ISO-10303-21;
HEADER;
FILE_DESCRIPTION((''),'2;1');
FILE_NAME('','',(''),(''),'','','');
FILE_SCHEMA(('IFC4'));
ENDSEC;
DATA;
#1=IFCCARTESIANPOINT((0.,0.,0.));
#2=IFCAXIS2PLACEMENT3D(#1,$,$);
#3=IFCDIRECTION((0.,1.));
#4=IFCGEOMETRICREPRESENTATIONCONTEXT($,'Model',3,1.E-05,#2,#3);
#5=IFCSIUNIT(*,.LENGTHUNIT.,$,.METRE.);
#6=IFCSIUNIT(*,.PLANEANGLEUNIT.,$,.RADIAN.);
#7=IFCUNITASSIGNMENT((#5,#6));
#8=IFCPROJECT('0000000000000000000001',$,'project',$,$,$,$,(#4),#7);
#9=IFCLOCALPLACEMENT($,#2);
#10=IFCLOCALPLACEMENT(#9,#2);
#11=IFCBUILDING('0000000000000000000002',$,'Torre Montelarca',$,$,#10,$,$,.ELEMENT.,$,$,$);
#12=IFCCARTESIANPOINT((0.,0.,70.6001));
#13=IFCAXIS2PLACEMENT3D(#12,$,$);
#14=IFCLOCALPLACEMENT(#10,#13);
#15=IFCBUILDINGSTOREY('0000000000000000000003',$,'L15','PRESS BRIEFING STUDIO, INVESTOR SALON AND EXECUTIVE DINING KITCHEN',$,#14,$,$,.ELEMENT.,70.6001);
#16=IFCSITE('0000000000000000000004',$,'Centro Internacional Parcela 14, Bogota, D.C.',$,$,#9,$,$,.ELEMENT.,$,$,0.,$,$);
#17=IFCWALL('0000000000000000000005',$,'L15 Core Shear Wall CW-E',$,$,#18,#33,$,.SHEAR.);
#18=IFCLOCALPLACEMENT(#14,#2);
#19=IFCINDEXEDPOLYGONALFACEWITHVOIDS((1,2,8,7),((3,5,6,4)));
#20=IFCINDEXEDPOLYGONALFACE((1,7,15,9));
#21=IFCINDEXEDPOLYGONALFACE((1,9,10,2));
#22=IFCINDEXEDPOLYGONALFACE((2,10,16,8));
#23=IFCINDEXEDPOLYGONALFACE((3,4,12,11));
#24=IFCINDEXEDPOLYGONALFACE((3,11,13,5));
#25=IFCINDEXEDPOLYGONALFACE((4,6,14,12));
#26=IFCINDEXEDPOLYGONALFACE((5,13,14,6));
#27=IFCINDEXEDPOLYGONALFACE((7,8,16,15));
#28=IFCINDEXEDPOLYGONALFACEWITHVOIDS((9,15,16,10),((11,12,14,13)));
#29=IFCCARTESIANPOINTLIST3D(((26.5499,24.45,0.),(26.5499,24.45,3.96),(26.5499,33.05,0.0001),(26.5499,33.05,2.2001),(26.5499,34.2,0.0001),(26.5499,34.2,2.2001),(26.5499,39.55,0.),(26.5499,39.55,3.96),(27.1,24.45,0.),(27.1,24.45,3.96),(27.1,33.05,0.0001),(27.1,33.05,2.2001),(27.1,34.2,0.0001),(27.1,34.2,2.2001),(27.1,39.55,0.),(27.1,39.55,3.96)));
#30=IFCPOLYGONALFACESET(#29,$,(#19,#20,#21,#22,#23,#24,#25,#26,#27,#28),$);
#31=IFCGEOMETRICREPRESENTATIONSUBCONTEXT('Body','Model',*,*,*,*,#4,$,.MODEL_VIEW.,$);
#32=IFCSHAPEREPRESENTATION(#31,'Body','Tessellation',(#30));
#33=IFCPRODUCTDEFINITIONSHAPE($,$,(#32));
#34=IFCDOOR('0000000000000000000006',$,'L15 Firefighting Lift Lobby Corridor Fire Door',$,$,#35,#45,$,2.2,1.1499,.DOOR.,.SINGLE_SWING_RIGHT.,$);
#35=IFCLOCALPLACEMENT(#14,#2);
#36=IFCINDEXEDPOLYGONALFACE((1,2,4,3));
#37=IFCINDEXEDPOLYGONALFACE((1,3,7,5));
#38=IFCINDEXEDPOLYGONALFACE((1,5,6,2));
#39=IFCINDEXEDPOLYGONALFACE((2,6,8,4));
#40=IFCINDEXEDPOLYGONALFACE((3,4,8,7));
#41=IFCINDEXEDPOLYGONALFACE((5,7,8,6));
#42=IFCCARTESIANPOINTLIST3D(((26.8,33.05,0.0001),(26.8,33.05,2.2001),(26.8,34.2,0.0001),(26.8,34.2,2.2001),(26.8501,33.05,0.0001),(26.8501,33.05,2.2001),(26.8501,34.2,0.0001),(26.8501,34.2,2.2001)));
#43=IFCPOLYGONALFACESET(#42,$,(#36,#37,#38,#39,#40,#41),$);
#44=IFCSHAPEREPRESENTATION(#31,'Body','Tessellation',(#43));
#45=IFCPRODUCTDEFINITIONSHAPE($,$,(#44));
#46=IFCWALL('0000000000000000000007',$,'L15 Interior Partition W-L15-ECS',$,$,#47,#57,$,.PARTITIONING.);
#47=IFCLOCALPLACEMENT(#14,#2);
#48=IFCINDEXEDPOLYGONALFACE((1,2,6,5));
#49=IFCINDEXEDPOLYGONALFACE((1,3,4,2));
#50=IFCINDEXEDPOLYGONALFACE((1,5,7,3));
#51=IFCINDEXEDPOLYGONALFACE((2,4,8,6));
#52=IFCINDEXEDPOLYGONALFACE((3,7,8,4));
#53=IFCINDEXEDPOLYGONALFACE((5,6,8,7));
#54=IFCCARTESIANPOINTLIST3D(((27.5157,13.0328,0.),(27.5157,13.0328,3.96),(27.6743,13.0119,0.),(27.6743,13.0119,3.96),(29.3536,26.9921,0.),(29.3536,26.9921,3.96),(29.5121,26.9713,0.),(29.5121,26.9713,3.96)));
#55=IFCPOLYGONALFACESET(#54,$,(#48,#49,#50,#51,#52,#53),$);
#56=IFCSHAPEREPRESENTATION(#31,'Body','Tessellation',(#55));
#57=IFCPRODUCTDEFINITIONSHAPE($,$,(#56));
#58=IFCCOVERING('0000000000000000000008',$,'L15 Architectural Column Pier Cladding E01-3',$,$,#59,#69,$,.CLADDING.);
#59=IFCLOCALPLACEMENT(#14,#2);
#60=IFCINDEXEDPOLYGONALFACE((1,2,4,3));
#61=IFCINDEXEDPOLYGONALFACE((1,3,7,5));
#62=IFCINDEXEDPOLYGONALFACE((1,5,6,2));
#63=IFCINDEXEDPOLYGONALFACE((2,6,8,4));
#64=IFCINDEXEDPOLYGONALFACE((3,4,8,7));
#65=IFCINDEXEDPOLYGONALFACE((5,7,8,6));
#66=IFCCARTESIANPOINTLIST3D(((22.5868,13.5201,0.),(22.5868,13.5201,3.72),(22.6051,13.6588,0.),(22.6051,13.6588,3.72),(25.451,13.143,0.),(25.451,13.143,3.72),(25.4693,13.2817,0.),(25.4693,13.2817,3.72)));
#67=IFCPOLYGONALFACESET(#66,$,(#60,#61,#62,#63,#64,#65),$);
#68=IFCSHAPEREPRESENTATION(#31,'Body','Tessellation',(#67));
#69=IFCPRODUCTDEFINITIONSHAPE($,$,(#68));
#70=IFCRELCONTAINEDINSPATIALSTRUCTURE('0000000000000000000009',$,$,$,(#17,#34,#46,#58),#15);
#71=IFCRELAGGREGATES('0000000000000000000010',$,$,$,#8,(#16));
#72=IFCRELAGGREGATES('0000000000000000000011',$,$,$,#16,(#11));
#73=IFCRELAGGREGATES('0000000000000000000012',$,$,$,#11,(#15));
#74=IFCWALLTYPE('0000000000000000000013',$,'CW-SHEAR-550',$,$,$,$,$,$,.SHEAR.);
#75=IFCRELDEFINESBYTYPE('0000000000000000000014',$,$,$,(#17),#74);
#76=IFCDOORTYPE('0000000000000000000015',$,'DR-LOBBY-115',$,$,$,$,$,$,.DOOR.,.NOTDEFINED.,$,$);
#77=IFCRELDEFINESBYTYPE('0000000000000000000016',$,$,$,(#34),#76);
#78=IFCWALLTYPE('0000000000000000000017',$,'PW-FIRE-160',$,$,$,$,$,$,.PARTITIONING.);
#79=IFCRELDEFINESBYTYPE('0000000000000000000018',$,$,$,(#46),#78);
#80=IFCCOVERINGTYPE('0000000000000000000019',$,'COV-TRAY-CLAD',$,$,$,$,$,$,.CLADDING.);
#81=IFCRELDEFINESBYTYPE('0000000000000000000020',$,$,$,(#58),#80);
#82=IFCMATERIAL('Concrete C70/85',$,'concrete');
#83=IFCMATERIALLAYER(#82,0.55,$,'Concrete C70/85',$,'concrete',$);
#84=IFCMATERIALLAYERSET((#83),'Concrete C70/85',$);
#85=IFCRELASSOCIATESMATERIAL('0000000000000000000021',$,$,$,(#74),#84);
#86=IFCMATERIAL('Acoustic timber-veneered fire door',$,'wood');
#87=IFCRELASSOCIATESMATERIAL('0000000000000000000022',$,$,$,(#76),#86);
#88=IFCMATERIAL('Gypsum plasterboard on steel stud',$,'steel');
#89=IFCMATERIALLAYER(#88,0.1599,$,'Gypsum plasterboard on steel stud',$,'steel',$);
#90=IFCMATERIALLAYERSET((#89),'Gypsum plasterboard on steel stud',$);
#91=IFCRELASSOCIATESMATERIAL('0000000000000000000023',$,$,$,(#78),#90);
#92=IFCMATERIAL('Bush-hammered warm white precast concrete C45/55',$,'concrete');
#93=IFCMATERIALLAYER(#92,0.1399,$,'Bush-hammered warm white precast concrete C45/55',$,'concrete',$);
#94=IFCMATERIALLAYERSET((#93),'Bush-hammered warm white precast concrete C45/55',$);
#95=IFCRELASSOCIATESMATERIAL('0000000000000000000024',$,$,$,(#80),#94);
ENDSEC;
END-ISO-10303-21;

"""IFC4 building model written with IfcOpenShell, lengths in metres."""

from ifc_helpers import new_model, si_unit, direction, frame, frame_2d, origin, origin_2d, place, context, subcontext, project, spatial, rectangle, extrude, source, transform, mapped, material, layer, layer_set, type_object, element, fill, save


model = new_model("IFC4")

# Units and contexts
model_context = context("Model", 3, precision=1e-05, world=origin(), true_north=direction((0.0, 1.0)))
body_context = subcontext(model_context, "Body", "Model", "MODEL_VIEW")
ifc_project = project(units=[si_unit("LENGTHUNIT", "METRE"), si_unit("PLANEANGLEUNIT", "RADIAN")], contexts=[model_context])

# Site, building, storey
site_placement = place(None, origin())
site = spatial("IfcSite", under=ifc_project, at=site_placement, Name="Centro Internacional Parcela 14, Bogota, D.C.", CompositionType="ELEMENT", RefElevation=0.0)
building_placement = place(site_placement, origin())
building = spatial("IfcBuilding", under=site, at=building_placement, Name="Torre Montelarca", CompositionType="ELEMENT")
storey_placement = place(building_placement, frame((0.0, 0.0, 70.6001)))
storey = spatial("IfcBuildingStorey", under=building, at=storey_placement, Name="L15", Description="PRESS BRIEFING STUDIO, INVESTOR SALON AND EXECUTIVE DINING KITCHEN", CompositionType="ELEMENT", Elevation=70.6001)

# Shared definitions
ifc_material_1 = material(Name="Concrete C70/85", Category="concrete")

# Wall, opening, door
ifc_layer_1 = layer(ifc_material_1, 0.55, Name="Concrete C70/85", Category="concrete")
ifc_layer_set_1 = layer_set([ifc_layer_1], Name="Concrete C70/85")
wall_type_1 = type_object("IfcWallType", Name="CW-SHEAR-550", PredefinedType="SHEAR", material=ifc_layer_set_1)
wall_1_placement = place(storey_placement, frame((26.825, 24.45, 0.0), z_axis=(0.0, 0.0, 1.0), x_axis=(0.0, 1.0, 0.0)))
wall_1 = element("IfcWall", 1, at=wall_1_placement, inside=storey, type_object=wall_type_1, Name="L15 Core Shear Wall CW-E", PredefinedType="SHEAR", context=body_context, shape_type="SweptSolid", body=[
    extrude(rectangle(XDim=15.1001, YDim=0.55, at=frame_2d((7.55, 0.0))), origin(), (0.0, 0.0, 1.0), 3.96),
])
opening_placement = place(wall_1_placement, frame((8.6001, 0.0, 0.0)))
opening = element("IfcOpeningElement", 2, at=opening_placement, cuts=wall_1, PredefinedType="OPENING", context=body_context, shape_type="SweptSolid", body=[
    extrude(rectangle(XDim=1.1499, YDim=2.2, at=frame_2d((0.575, 1.1001))), frame((0.0, 0.2852, 0.0), z_axis=(0.0, -1.0, 0.0), x_axis=(1.0, 0.0, 0.0)), (0.0, 0.0, 1.0), 0.5701),
])
ifc_material_2 = material(Name="Acoustic timber-veneered fire door", Category="wood")
door_type = type_object("IfcDoorType", Name="DR-LOBBY-115", OperationType="NOTDEFINED", PredefinedType="DOOR", material=ifc_material_2)
shared_shape_1 = source(origin(), body_context, "Body", "SweptSolid", [
    extrude(rectangle(XDim=1.1499, YDim=2.2, at=frame_2d((0.575, 1.1001))), frame((0.0, 0.0249, 0.0), z_axis=(0.0, -1.0, 0.0), x_axis=(1.0, 0.0, 0.0)), (0.0, 0.0, 1.0), 0.05),
])
door_placement = place(opening_placement, origin())
door = element("IfcDoor", 3, at=door_placement, inside=storey, type_object=door_type, Name="L15 Firefighting Lift Lobby Corridor Fire Door", OperationType="SINGLE_SWING_RIGHT", OverallHeight=2.2, OverallWidth=1.1499, PredefinedType="DOOR", context=body_context, shape_type="MappedRepresentation", body=[
    mapped(shared_shape_1, transform((0.0, 0.0, 0.0), scale=1.0)),
])
fill(opening, door)

# Wall
ifc_material_3 = material(Name="Gypsum plasterboard on steel stud", Category="steel")
ifc_layer_2 = layer(ifc_material_3, 0.1599, Name="Gypsum plasterboard on steel stud", Category="steel")
ifc_layer_set_2 = layer_set([ifc_layer_2], Name="Gypsum plasterboard on steel stud")
wall_type_2 = type_object("IfcWallType", Name="PW-FIRE-160", PredefinedType="PARTITIONING", material=ifc_layer_set_2)
wall_2_placement = place(storey_placement, frame((27.595, 13.0222, 0.0), z_axis=(0.0, 0.0, 1.0), x_axis=(0.130533, 0.991444, 0.0)))
element("IfcWall", 4, at=wall_2_placement, inside=storey, type_object=wall_type_2, Name="L15 Interior Partition W-L15-ECS", PredefinedType="PARTITIONING", context=body_context, shape_type="SweptSolid", body=[
    extrude(rectangle(XDim=14.0798, YDim=0.1599, at=frame_2d((7.04, 0.0))), origin(), (0.0, 0.0, 1.0), 3.96),
])

# Covering
ifc_material_4 = material(Name="Bush-hammered warm white precast concrete C45/55", Category="concrete")
ifc_layer_3 = layer(ifc_material_4, 0.1399, Name="Bush-hammered warm white precast concrete C45/55", Category="concrete")
ifc_layer_set_3 = layer_set([ifc_layer_3], Name="Bush-hammered warm white precast concrete C45/55")
covering_type = type_object("IfcCoveringType", Name="COV-TRAY-CLAD", PredefinedType="CLADDING", material=ifc_layer_set_3)
shared_shape_2 = source(origin(), body_context, "Body", "SweptSolid", [
    extrude(rectangle(XDim=2.8889, YDim=0.1399, at=origin_2d()), origin(), (0.0, 0.0, 1.0), 3.72),
])
covering_placement = place(storey_placement, frame((24.0281, 13.4009, 0.0), z_axis=(0.0, 0.0, 1.0), x_axis=(0.991445, -0.130523, 0.0)))
element("IfcCovering", 5, at=covering_placement, inside=storey, type_object=covering_type, Name="L15 Architectural Column Pier Cladding E01-3", PredefinedType="CLADDING", context=body_context, shape_type="MappedRepresentation", body=[
    mapped(shared_shape_2, transform((0.0, 0.0, 0.0), scale=1.0)),
])

save(model, "model.ifc")
